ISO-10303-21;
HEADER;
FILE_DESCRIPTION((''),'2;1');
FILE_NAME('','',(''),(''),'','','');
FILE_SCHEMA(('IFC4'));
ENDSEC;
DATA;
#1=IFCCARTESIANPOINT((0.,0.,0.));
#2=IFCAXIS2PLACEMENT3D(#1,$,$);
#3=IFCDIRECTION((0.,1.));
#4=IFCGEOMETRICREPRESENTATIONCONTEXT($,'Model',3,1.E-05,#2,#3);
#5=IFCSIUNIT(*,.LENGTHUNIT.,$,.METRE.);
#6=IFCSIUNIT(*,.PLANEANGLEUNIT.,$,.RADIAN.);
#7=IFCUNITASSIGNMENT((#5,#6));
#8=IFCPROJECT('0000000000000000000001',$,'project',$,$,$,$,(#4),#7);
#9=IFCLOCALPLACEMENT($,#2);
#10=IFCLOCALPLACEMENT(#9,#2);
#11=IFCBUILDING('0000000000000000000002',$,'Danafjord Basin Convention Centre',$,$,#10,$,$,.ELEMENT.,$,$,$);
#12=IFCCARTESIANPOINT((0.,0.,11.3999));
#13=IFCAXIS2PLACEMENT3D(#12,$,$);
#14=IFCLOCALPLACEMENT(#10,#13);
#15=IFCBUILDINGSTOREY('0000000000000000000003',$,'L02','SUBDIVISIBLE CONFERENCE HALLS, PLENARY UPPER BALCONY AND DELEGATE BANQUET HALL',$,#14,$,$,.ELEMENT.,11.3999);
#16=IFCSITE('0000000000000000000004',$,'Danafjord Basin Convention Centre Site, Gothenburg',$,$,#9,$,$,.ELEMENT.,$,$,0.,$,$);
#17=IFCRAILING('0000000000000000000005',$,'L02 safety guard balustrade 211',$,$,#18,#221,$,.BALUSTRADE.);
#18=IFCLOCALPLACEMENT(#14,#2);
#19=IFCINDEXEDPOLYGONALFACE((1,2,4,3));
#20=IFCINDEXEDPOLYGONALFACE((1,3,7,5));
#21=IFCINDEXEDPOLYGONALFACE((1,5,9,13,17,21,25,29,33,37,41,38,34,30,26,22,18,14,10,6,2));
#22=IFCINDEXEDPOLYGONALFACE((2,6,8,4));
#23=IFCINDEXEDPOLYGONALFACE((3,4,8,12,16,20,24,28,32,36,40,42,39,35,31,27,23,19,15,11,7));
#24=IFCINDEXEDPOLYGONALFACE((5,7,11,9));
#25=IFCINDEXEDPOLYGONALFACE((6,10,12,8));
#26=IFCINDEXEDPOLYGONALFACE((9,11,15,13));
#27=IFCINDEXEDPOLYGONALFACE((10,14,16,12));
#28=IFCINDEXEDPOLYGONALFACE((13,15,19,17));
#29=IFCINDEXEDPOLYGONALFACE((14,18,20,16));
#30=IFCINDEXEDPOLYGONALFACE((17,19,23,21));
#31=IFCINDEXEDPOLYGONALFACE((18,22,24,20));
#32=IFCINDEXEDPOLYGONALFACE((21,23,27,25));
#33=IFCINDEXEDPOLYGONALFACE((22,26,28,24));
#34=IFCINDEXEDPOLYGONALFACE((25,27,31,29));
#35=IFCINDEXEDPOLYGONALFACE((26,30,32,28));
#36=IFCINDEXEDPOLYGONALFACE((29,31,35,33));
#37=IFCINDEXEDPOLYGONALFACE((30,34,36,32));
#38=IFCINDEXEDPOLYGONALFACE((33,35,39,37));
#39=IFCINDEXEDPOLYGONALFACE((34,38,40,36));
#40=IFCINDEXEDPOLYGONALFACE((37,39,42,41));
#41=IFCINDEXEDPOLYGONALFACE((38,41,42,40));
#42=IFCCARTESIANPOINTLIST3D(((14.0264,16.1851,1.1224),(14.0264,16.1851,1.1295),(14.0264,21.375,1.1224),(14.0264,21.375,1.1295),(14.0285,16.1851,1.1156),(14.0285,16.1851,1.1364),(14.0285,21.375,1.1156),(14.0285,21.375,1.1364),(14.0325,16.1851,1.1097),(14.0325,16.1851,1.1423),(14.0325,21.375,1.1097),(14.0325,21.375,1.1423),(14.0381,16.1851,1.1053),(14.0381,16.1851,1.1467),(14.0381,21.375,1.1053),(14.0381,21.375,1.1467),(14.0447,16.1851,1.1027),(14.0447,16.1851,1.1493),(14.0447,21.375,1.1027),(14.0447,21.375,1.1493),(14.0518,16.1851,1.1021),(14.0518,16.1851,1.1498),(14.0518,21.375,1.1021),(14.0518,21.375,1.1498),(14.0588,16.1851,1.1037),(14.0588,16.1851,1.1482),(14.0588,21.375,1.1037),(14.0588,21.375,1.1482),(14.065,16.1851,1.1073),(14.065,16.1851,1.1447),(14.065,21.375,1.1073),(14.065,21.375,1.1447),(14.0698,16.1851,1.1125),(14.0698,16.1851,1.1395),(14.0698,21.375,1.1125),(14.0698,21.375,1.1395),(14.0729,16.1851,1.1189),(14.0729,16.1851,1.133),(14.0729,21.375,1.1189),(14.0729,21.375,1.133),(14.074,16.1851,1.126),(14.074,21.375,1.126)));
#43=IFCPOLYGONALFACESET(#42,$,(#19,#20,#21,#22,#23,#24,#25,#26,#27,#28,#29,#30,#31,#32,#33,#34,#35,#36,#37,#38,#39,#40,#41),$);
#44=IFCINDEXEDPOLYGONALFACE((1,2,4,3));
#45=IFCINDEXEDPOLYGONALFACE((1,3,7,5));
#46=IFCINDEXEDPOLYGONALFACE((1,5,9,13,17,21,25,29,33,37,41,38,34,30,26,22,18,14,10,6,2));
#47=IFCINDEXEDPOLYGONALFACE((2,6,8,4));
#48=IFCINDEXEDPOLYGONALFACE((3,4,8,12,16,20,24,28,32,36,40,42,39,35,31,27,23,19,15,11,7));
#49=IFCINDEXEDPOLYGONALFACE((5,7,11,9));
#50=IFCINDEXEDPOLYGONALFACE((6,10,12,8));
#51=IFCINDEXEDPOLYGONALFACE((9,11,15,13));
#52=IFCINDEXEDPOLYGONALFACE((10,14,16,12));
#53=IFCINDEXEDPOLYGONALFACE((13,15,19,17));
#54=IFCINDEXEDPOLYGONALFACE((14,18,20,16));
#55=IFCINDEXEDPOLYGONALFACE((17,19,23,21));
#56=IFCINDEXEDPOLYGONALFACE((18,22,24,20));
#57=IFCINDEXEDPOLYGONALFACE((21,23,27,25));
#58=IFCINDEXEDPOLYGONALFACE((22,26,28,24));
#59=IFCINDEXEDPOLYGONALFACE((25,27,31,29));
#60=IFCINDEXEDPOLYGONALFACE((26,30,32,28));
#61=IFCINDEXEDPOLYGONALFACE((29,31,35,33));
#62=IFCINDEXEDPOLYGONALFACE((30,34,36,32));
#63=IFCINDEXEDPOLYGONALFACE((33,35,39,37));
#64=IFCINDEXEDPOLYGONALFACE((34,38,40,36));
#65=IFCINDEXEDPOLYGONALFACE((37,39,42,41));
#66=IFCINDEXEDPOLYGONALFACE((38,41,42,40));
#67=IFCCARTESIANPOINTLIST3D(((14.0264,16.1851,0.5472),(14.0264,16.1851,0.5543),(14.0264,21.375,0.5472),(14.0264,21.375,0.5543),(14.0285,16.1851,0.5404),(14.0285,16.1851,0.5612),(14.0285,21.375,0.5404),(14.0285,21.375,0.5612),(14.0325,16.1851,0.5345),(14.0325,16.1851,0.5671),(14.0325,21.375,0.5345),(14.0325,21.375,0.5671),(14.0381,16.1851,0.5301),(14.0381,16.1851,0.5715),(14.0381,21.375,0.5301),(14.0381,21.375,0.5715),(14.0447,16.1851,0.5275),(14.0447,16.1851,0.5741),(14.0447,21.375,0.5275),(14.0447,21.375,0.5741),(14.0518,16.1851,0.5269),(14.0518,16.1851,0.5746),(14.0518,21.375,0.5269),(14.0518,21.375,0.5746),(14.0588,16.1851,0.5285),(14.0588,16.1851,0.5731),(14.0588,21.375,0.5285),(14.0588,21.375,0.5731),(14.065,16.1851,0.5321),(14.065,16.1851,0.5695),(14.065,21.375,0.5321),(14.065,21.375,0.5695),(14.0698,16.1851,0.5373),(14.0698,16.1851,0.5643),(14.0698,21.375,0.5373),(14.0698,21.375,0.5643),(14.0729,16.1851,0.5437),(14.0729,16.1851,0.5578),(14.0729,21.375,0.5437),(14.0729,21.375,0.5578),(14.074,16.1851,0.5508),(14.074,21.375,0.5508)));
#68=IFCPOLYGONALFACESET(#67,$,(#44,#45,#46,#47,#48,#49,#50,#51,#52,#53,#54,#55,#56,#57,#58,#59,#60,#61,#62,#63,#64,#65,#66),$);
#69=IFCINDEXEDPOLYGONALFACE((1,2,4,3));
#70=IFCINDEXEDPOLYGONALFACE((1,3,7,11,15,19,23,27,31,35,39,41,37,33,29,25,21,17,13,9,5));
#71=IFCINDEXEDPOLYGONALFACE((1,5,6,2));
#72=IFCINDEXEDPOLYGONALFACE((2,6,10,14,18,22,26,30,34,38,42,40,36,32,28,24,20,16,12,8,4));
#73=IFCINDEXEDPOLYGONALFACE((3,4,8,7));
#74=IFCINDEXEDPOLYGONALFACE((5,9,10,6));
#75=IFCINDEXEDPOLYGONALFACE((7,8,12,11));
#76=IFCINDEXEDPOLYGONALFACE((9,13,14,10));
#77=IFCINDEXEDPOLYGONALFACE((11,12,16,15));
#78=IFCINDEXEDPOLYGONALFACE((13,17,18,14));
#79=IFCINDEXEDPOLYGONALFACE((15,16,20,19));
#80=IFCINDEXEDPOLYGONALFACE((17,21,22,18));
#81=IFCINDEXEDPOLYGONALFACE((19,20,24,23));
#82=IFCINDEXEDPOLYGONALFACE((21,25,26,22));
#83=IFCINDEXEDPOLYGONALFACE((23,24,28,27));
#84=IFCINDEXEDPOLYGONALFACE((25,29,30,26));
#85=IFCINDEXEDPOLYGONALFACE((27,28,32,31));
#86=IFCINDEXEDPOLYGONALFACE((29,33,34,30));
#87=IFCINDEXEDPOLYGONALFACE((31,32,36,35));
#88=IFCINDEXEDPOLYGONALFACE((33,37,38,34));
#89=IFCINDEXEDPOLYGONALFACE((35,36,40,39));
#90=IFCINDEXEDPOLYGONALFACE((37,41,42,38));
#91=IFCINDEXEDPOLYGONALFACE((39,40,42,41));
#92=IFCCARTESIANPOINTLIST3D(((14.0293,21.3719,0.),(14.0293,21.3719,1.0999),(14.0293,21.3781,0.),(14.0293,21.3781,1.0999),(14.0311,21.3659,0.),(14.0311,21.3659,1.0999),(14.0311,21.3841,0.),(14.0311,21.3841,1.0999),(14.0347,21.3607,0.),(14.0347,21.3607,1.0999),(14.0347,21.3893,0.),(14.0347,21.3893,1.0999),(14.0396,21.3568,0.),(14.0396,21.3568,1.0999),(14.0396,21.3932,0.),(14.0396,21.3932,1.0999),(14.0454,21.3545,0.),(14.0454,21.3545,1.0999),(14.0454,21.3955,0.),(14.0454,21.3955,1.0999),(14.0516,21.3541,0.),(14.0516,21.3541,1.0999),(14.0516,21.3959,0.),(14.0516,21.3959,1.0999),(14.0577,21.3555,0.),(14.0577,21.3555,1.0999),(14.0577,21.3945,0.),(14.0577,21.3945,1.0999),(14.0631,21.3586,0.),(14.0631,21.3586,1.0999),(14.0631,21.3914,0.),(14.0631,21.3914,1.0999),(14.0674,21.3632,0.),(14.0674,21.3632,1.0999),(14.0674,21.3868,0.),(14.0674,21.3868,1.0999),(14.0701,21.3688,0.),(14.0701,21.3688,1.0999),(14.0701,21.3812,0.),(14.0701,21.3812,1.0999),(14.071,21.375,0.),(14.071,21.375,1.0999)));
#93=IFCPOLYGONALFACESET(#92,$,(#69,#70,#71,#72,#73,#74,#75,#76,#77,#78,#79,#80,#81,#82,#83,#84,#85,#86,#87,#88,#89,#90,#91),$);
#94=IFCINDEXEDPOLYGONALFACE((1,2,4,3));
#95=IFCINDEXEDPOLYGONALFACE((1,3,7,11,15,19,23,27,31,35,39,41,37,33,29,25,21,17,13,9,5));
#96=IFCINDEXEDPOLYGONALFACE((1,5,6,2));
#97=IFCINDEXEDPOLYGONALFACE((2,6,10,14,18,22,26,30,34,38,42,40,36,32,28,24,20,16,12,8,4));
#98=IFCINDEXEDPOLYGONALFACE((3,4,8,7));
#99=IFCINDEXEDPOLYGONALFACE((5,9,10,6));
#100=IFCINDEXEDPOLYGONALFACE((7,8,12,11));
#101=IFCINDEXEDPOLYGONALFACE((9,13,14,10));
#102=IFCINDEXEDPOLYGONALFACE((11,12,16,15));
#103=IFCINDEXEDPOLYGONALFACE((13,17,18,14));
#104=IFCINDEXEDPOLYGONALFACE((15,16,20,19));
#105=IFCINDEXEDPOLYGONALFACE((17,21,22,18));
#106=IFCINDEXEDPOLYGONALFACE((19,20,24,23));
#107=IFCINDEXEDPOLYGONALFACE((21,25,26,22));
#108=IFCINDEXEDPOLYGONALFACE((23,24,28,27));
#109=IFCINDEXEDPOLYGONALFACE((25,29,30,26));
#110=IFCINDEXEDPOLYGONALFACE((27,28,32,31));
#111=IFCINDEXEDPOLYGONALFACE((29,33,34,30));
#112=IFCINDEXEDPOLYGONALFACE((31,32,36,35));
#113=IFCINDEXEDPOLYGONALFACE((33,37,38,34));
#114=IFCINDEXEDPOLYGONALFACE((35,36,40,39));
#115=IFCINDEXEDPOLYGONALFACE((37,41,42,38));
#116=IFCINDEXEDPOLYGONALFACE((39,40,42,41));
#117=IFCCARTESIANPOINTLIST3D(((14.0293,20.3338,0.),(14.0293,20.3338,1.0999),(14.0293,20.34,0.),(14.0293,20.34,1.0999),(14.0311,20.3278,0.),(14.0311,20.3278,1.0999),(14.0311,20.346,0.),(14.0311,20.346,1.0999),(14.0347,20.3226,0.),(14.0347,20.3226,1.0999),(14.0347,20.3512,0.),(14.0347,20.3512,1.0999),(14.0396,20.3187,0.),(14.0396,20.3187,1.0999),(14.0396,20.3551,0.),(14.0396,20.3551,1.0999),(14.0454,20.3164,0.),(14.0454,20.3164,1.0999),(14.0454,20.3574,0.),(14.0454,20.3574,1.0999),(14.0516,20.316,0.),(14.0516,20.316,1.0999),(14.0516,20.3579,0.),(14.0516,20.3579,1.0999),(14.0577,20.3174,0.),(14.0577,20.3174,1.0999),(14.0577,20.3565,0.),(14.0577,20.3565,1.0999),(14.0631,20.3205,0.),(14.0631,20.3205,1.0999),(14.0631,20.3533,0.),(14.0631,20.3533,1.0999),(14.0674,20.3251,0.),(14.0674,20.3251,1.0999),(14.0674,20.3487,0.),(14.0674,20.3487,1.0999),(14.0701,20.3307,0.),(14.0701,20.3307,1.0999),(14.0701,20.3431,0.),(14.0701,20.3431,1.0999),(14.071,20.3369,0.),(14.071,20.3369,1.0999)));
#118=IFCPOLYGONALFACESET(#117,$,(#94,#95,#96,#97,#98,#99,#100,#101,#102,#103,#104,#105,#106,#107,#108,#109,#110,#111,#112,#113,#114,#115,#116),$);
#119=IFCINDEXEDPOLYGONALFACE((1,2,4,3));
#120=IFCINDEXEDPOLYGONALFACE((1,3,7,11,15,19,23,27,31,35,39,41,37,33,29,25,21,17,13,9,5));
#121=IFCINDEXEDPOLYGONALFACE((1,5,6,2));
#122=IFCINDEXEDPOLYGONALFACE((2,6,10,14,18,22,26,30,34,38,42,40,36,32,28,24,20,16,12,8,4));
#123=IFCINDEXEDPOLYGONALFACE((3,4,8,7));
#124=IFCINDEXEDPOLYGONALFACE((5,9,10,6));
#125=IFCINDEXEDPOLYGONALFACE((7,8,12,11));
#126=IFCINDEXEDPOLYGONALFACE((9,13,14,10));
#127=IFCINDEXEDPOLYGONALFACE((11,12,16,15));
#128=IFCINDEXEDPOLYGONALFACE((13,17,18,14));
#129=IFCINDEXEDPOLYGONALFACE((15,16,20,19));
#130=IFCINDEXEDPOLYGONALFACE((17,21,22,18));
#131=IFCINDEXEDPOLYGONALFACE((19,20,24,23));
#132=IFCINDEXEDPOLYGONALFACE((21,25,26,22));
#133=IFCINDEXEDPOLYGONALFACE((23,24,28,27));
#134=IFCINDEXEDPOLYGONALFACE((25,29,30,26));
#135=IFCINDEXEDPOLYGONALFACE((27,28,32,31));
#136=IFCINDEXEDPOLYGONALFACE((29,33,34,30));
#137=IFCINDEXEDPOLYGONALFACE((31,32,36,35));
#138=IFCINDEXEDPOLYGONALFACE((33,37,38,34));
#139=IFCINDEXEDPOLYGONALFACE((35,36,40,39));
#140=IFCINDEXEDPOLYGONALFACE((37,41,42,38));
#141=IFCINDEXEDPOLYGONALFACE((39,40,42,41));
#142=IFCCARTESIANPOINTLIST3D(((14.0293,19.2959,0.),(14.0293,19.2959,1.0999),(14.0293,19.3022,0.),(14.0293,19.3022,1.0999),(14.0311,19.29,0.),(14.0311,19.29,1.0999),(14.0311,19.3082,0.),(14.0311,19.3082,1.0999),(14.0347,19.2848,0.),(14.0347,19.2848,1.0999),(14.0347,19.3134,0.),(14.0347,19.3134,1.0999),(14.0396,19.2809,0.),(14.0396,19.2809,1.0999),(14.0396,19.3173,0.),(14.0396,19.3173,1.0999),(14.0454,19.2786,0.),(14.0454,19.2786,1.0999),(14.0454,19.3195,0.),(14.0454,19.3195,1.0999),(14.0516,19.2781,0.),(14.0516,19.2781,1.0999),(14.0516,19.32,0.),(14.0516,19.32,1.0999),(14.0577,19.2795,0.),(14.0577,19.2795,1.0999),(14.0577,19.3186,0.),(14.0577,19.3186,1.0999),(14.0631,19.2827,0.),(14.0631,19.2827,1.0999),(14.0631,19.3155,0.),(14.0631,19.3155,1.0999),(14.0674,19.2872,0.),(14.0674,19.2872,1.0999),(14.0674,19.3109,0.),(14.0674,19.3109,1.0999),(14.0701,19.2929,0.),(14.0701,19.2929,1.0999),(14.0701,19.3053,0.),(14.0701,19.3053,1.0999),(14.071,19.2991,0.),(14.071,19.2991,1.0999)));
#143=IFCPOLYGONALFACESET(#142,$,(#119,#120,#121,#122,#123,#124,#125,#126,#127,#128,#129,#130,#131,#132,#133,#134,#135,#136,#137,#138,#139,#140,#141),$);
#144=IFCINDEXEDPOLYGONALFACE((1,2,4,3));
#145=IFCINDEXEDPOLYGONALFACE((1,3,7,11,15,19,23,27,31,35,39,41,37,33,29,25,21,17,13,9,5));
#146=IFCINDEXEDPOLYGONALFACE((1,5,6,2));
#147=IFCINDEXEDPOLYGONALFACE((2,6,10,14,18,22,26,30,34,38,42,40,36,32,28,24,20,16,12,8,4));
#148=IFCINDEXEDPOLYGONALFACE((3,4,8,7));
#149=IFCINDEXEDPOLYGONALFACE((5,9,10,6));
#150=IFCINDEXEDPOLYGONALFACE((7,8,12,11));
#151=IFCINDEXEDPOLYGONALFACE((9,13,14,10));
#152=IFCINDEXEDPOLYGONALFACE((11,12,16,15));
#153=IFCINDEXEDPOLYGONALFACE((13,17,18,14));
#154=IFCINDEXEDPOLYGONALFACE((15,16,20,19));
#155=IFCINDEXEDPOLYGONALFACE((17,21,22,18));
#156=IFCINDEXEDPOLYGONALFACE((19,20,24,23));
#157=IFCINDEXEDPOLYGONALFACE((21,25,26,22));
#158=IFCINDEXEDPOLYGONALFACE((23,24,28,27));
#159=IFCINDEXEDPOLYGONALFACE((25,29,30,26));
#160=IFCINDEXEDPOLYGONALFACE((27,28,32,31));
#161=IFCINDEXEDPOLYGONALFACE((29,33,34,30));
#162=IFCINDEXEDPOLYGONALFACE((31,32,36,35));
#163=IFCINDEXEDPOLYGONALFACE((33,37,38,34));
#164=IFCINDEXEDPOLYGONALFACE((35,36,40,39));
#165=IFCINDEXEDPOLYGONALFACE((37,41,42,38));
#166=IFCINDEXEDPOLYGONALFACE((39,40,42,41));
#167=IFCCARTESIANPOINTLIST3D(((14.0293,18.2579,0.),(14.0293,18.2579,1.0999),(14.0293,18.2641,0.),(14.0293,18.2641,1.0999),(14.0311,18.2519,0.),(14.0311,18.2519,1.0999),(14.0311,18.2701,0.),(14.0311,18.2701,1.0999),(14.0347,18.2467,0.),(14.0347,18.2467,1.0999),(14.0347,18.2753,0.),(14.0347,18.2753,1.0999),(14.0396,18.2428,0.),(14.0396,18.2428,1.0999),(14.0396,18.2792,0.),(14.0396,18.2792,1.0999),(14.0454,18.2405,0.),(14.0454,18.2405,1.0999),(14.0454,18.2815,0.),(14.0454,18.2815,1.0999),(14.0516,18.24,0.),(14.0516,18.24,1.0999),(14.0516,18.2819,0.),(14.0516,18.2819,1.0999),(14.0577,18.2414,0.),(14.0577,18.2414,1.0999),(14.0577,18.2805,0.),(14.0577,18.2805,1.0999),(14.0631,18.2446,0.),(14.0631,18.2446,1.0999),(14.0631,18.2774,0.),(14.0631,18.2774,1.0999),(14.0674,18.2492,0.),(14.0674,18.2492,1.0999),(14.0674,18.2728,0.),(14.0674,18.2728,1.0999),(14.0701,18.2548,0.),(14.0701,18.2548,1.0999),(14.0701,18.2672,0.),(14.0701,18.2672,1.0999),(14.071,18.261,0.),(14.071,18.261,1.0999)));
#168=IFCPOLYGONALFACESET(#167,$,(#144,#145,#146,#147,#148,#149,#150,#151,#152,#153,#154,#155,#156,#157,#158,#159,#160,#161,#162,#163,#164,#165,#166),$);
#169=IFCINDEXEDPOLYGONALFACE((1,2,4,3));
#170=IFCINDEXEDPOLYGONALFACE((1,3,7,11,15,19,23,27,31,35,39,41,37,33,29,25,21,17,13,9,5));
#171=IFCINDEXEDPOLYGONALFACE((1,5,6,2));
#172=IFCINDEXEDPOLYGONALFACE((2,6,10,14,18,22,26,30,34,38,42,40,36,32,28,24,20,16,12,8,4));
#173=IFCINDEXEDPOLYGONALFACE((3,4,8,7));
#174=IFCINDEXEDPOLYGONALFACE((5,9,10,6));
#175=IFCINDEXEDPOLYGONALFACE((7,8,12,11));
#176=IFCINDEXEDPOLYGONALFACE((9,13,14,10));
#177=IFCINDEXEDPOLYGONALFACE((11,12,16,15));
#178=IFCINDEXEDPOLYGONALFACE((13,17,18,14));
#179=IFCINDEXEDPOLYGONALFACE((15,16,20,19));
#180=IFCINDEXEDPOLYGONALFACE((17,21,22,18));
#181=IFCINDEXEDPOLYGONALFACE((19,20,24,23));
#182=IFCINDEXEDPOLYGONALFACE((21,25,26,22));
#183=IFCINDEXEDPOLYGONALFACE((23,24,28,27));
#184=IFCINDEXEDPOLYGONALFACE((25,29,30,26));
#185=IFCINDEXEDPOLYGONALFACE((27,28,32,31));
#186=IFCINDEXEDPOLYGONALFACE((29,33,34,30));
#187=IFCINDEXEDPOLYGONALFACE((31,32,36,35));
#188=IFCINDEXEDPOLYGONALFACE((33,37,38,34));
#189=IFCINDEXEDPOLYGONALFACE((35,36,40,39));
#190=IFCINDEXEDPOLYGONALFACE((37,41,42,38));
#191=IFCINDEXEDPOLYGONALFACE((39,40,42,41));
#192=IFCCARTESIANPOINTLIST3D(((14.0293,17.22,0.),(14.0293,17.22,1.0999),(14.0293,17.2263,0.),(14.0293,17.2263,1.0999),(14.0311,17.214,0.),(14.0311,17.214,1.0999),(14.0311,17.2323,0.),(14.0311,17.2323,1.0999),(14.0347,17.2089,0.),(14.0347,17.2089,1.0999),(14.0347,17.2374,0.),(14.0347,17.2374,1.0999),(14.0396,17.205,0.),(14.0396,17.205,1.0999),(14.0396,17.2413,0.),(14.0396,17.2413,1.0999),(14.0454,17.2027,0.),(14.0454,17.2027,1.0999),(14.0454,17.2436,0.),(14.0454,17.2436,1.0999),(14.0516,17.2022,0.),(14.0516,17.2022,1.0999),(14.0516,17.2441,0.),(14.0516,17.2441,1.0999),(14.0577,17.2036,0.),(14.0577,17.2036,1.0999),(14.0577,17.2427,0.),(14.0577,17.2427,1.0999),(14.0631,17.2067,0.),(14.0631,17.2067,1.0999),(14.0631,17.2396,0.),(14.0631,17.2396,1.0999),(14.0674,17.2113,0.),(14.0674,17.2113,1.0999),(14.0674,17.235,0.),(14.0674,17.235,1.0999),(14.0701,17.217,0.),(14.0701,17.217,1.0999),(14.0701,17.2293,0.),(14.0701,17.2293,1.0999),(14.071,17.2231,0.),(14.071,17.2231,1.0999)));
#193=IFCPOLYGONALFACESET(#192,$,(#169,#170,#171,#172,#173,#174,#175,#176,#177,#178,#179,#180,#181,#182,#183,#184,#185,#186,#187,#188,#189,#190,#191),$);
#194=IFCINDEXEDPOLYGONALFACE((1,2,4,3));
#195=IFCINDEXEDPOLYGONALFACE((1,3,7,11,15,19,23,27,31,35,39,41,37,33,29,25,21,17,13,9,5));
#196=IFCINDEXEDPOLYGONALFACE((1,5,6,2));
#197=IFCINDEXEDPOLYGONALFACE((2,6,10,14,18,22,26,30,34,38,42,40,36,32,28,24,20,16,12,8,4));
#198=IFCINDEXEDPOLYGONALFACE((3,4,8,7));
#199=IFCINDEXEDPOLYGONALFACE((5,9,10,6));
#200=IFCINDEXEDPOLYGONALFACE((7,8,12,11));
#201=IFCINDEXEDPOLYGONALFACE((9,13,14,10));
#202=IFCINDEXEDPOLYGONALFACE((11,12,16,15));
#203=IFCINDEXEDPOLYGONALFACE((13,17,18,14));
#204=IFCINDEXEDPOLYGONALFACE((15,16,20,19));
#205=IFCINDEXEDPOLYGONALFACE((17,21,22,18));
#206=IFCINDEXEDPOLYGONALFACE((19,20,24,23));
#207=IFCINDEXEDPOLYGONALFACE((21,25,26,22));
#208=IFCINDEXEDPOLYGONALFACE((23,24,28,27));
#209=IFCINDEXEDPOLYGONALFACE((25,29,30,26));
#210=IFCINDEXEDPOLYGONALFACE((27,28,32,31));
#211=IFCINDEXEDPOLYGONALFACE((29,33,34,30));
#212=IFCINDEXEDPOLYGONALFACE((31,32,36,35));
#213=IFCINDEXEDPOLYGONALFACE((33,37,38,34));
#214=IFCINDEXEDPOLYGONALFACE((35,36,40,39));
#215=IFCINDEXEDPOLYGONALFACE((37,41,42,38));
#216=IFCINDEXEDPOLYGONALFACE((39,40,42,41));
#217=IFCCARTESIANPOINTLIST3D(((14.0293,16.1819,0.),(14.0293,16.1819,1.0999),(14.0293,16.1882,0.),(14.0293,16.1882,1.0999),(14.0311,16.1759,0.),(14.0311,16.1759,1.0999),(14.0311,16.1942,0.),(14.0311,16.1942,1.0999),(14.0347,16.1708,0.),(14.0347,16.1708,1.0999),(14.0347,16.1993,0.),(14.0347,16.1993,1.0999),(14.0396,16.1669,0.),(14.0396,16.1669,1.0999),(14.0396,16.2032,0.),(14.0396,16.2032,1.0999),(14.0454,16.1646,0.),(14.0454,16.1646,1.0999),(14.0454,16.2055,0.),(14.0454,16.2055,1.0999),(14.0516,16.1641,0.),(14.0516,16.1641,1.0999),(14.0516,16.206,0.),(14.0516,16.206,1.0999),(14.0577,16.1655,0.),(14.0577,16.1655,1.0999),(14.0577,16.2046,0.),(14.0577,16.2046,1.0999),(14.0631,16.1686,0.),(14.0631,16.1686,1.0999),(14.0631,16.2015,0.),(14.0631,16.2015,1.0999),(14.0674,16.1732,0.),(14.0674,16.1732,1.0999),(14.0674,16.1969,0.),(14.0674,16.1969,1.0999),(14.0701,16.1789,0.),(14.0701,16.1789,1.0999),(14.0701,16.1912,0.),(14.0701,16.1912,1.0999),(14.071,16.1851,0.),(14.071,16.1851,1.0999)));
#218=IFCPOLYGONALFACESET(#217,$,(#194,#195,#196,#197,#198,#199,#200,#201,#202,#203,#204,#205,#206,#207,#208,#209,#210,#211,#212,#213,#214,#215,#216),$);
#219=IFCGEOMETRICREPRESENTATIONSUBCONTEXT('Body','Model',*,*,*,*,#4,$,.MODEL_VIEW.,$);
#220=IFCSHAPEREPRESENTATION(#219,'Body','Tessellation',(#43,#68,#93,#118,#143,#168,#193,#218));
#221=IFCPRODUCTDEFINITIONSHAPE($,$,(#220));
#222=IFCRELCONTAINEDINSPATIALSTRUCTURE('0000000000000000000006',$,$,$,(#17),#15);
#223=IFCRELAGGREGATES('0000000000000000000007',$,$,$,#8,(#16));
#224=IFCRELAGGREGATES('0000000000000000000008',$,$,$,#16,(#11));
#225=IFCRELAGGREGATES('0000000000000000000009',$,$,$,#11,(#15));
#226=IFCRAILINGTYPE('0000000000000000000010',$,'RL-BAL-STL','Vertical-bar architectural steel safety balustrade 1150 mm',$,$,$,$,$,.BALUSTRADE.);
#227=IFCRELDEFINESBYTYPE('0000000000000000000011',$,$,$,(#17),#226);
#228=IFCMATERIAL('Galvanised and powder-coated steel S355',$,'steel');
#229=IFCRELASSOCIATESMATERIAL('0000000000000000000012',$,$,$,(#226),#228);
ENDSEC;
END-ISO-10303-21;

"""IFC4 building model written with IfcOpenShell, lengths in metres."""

from ifc_helpers import new_model, si_unit, direction, frame, origin, origin_2d, place, context, subcontext, project, spatial, circle, extrude, material, type_object, element, save


model = new_model("IFC4")

# Units and contexts
model_context = context("Model", 3, precision=1e-05, world=origin(), true_north=direction((0.0, 1.0)))
body_context = subcontext(model_context, "Body", "Model", "MODEL_VIEW")
ifc_project = project(units=[si_unit("LENGTHUNIT", "METRE"), si_unit("PLANEANGLEUNIT", "RADIAN")], contexts=[model_context])

# Site, building, storey
site_placement = place(None, origin())
site = spatial("IfcSite", under=ifc_project, at=site_placement, Name="Danafjord Basin Convention Centre Site, Gothenburg", CompositionType="ELEMENT", RefElevation=0.0)
building_placement = place(site_placement, origin())
building = spatial("IfcBuilding", under=site, at=building_placement, Name="Danafjord Basin Convention Centre", CompositionType="ELEMENT")
storey_placement = place(building_placement, frame((0.0, 0.0, 11.3999)))
storey = spatial("IfcBuildingStorey", under=building, at=storey_placement, Name="L02", Description="SUBDIVISIBLE CONFERENCE HALLS, PLENARY UPPER BALCONY AND DELEGATE BANQUET HALL", CompositionType="ELEMENT", Elevation=11.3999)

# Railing
ifc_material_1 = material(Name="Galvanised and powder-coated steel S355", Category="steel")
railing_type_1 = type_object("IfcRailingType", Name="RL-BAL-STL", Description="Vertical-bar architectural steel safety balustrade 1150 mm", PredefinedType="BALUSTRADE", material=ifc_material_1)
railing_1_placement = place(storey_placement, frame((14.05, 21.375, 0.0)))
element("IfcRailing", 1, at=railing_1_placement, inside=storey, type_object=railing_type_1, Name="L02 safety guard balustrade 211", PredefinedType="BALUSTRADE", context=body_context, shape_type="SweptSolid", body=[
    extrude(circle(Radius=0.0239, at=origin_2d()), frame((0.0, 0.0, 1.126), z_axis=(0.0, -1.0, 0.0), x_axis=(1.0, 0.0, 0.0)), (0.0, 0.0, 1.0), 5.1899),
    extrude(circle(Radius=0.0239, at=origin_2d()), frame((0.0, 0.0, 0.5508), z_axis=(0.0, -1.0, 0.0), x_axis=(1.0, 0.0, 0.0)), (0.0, 0.0, 1.0), 5.1899),
    extrude(circle(Radius=0.021, at=origin_2d()), origin(), (0.0, 0.0, 1.0), 1.0999),
    extrude(circle(Radius=0.021, at=origin_2d()), frame((0.0, -1.0381, 0.0)), (0.0, 0.0, 1.0), 1.0999),
    extrude(circle(Radius=0.021, at=origin_2d()), frame((0.0, -2.0759, 0.0)), (0.0, 0.0, 1.0), 1.0999),
    extrude(circle(Radius=0.021, at=origin_2d()), frame((0.0, -3.114, 0.0)), (0.0, 0.0, 1.0), 1.0999),
    extrude(circle(Radius=0.021, at=origin_2d()), frame((0.0, -4.1519, 0.0)), (0.0, 0.0, 1.0), 1.0999),
    extrude(circle(Radius=0.021, at=origin_2d()), frame((0.0, -5.1899, 0.0)), (0.0, 0.0, 1.0), 1.0999),
])

save(model, "model.ifc")
